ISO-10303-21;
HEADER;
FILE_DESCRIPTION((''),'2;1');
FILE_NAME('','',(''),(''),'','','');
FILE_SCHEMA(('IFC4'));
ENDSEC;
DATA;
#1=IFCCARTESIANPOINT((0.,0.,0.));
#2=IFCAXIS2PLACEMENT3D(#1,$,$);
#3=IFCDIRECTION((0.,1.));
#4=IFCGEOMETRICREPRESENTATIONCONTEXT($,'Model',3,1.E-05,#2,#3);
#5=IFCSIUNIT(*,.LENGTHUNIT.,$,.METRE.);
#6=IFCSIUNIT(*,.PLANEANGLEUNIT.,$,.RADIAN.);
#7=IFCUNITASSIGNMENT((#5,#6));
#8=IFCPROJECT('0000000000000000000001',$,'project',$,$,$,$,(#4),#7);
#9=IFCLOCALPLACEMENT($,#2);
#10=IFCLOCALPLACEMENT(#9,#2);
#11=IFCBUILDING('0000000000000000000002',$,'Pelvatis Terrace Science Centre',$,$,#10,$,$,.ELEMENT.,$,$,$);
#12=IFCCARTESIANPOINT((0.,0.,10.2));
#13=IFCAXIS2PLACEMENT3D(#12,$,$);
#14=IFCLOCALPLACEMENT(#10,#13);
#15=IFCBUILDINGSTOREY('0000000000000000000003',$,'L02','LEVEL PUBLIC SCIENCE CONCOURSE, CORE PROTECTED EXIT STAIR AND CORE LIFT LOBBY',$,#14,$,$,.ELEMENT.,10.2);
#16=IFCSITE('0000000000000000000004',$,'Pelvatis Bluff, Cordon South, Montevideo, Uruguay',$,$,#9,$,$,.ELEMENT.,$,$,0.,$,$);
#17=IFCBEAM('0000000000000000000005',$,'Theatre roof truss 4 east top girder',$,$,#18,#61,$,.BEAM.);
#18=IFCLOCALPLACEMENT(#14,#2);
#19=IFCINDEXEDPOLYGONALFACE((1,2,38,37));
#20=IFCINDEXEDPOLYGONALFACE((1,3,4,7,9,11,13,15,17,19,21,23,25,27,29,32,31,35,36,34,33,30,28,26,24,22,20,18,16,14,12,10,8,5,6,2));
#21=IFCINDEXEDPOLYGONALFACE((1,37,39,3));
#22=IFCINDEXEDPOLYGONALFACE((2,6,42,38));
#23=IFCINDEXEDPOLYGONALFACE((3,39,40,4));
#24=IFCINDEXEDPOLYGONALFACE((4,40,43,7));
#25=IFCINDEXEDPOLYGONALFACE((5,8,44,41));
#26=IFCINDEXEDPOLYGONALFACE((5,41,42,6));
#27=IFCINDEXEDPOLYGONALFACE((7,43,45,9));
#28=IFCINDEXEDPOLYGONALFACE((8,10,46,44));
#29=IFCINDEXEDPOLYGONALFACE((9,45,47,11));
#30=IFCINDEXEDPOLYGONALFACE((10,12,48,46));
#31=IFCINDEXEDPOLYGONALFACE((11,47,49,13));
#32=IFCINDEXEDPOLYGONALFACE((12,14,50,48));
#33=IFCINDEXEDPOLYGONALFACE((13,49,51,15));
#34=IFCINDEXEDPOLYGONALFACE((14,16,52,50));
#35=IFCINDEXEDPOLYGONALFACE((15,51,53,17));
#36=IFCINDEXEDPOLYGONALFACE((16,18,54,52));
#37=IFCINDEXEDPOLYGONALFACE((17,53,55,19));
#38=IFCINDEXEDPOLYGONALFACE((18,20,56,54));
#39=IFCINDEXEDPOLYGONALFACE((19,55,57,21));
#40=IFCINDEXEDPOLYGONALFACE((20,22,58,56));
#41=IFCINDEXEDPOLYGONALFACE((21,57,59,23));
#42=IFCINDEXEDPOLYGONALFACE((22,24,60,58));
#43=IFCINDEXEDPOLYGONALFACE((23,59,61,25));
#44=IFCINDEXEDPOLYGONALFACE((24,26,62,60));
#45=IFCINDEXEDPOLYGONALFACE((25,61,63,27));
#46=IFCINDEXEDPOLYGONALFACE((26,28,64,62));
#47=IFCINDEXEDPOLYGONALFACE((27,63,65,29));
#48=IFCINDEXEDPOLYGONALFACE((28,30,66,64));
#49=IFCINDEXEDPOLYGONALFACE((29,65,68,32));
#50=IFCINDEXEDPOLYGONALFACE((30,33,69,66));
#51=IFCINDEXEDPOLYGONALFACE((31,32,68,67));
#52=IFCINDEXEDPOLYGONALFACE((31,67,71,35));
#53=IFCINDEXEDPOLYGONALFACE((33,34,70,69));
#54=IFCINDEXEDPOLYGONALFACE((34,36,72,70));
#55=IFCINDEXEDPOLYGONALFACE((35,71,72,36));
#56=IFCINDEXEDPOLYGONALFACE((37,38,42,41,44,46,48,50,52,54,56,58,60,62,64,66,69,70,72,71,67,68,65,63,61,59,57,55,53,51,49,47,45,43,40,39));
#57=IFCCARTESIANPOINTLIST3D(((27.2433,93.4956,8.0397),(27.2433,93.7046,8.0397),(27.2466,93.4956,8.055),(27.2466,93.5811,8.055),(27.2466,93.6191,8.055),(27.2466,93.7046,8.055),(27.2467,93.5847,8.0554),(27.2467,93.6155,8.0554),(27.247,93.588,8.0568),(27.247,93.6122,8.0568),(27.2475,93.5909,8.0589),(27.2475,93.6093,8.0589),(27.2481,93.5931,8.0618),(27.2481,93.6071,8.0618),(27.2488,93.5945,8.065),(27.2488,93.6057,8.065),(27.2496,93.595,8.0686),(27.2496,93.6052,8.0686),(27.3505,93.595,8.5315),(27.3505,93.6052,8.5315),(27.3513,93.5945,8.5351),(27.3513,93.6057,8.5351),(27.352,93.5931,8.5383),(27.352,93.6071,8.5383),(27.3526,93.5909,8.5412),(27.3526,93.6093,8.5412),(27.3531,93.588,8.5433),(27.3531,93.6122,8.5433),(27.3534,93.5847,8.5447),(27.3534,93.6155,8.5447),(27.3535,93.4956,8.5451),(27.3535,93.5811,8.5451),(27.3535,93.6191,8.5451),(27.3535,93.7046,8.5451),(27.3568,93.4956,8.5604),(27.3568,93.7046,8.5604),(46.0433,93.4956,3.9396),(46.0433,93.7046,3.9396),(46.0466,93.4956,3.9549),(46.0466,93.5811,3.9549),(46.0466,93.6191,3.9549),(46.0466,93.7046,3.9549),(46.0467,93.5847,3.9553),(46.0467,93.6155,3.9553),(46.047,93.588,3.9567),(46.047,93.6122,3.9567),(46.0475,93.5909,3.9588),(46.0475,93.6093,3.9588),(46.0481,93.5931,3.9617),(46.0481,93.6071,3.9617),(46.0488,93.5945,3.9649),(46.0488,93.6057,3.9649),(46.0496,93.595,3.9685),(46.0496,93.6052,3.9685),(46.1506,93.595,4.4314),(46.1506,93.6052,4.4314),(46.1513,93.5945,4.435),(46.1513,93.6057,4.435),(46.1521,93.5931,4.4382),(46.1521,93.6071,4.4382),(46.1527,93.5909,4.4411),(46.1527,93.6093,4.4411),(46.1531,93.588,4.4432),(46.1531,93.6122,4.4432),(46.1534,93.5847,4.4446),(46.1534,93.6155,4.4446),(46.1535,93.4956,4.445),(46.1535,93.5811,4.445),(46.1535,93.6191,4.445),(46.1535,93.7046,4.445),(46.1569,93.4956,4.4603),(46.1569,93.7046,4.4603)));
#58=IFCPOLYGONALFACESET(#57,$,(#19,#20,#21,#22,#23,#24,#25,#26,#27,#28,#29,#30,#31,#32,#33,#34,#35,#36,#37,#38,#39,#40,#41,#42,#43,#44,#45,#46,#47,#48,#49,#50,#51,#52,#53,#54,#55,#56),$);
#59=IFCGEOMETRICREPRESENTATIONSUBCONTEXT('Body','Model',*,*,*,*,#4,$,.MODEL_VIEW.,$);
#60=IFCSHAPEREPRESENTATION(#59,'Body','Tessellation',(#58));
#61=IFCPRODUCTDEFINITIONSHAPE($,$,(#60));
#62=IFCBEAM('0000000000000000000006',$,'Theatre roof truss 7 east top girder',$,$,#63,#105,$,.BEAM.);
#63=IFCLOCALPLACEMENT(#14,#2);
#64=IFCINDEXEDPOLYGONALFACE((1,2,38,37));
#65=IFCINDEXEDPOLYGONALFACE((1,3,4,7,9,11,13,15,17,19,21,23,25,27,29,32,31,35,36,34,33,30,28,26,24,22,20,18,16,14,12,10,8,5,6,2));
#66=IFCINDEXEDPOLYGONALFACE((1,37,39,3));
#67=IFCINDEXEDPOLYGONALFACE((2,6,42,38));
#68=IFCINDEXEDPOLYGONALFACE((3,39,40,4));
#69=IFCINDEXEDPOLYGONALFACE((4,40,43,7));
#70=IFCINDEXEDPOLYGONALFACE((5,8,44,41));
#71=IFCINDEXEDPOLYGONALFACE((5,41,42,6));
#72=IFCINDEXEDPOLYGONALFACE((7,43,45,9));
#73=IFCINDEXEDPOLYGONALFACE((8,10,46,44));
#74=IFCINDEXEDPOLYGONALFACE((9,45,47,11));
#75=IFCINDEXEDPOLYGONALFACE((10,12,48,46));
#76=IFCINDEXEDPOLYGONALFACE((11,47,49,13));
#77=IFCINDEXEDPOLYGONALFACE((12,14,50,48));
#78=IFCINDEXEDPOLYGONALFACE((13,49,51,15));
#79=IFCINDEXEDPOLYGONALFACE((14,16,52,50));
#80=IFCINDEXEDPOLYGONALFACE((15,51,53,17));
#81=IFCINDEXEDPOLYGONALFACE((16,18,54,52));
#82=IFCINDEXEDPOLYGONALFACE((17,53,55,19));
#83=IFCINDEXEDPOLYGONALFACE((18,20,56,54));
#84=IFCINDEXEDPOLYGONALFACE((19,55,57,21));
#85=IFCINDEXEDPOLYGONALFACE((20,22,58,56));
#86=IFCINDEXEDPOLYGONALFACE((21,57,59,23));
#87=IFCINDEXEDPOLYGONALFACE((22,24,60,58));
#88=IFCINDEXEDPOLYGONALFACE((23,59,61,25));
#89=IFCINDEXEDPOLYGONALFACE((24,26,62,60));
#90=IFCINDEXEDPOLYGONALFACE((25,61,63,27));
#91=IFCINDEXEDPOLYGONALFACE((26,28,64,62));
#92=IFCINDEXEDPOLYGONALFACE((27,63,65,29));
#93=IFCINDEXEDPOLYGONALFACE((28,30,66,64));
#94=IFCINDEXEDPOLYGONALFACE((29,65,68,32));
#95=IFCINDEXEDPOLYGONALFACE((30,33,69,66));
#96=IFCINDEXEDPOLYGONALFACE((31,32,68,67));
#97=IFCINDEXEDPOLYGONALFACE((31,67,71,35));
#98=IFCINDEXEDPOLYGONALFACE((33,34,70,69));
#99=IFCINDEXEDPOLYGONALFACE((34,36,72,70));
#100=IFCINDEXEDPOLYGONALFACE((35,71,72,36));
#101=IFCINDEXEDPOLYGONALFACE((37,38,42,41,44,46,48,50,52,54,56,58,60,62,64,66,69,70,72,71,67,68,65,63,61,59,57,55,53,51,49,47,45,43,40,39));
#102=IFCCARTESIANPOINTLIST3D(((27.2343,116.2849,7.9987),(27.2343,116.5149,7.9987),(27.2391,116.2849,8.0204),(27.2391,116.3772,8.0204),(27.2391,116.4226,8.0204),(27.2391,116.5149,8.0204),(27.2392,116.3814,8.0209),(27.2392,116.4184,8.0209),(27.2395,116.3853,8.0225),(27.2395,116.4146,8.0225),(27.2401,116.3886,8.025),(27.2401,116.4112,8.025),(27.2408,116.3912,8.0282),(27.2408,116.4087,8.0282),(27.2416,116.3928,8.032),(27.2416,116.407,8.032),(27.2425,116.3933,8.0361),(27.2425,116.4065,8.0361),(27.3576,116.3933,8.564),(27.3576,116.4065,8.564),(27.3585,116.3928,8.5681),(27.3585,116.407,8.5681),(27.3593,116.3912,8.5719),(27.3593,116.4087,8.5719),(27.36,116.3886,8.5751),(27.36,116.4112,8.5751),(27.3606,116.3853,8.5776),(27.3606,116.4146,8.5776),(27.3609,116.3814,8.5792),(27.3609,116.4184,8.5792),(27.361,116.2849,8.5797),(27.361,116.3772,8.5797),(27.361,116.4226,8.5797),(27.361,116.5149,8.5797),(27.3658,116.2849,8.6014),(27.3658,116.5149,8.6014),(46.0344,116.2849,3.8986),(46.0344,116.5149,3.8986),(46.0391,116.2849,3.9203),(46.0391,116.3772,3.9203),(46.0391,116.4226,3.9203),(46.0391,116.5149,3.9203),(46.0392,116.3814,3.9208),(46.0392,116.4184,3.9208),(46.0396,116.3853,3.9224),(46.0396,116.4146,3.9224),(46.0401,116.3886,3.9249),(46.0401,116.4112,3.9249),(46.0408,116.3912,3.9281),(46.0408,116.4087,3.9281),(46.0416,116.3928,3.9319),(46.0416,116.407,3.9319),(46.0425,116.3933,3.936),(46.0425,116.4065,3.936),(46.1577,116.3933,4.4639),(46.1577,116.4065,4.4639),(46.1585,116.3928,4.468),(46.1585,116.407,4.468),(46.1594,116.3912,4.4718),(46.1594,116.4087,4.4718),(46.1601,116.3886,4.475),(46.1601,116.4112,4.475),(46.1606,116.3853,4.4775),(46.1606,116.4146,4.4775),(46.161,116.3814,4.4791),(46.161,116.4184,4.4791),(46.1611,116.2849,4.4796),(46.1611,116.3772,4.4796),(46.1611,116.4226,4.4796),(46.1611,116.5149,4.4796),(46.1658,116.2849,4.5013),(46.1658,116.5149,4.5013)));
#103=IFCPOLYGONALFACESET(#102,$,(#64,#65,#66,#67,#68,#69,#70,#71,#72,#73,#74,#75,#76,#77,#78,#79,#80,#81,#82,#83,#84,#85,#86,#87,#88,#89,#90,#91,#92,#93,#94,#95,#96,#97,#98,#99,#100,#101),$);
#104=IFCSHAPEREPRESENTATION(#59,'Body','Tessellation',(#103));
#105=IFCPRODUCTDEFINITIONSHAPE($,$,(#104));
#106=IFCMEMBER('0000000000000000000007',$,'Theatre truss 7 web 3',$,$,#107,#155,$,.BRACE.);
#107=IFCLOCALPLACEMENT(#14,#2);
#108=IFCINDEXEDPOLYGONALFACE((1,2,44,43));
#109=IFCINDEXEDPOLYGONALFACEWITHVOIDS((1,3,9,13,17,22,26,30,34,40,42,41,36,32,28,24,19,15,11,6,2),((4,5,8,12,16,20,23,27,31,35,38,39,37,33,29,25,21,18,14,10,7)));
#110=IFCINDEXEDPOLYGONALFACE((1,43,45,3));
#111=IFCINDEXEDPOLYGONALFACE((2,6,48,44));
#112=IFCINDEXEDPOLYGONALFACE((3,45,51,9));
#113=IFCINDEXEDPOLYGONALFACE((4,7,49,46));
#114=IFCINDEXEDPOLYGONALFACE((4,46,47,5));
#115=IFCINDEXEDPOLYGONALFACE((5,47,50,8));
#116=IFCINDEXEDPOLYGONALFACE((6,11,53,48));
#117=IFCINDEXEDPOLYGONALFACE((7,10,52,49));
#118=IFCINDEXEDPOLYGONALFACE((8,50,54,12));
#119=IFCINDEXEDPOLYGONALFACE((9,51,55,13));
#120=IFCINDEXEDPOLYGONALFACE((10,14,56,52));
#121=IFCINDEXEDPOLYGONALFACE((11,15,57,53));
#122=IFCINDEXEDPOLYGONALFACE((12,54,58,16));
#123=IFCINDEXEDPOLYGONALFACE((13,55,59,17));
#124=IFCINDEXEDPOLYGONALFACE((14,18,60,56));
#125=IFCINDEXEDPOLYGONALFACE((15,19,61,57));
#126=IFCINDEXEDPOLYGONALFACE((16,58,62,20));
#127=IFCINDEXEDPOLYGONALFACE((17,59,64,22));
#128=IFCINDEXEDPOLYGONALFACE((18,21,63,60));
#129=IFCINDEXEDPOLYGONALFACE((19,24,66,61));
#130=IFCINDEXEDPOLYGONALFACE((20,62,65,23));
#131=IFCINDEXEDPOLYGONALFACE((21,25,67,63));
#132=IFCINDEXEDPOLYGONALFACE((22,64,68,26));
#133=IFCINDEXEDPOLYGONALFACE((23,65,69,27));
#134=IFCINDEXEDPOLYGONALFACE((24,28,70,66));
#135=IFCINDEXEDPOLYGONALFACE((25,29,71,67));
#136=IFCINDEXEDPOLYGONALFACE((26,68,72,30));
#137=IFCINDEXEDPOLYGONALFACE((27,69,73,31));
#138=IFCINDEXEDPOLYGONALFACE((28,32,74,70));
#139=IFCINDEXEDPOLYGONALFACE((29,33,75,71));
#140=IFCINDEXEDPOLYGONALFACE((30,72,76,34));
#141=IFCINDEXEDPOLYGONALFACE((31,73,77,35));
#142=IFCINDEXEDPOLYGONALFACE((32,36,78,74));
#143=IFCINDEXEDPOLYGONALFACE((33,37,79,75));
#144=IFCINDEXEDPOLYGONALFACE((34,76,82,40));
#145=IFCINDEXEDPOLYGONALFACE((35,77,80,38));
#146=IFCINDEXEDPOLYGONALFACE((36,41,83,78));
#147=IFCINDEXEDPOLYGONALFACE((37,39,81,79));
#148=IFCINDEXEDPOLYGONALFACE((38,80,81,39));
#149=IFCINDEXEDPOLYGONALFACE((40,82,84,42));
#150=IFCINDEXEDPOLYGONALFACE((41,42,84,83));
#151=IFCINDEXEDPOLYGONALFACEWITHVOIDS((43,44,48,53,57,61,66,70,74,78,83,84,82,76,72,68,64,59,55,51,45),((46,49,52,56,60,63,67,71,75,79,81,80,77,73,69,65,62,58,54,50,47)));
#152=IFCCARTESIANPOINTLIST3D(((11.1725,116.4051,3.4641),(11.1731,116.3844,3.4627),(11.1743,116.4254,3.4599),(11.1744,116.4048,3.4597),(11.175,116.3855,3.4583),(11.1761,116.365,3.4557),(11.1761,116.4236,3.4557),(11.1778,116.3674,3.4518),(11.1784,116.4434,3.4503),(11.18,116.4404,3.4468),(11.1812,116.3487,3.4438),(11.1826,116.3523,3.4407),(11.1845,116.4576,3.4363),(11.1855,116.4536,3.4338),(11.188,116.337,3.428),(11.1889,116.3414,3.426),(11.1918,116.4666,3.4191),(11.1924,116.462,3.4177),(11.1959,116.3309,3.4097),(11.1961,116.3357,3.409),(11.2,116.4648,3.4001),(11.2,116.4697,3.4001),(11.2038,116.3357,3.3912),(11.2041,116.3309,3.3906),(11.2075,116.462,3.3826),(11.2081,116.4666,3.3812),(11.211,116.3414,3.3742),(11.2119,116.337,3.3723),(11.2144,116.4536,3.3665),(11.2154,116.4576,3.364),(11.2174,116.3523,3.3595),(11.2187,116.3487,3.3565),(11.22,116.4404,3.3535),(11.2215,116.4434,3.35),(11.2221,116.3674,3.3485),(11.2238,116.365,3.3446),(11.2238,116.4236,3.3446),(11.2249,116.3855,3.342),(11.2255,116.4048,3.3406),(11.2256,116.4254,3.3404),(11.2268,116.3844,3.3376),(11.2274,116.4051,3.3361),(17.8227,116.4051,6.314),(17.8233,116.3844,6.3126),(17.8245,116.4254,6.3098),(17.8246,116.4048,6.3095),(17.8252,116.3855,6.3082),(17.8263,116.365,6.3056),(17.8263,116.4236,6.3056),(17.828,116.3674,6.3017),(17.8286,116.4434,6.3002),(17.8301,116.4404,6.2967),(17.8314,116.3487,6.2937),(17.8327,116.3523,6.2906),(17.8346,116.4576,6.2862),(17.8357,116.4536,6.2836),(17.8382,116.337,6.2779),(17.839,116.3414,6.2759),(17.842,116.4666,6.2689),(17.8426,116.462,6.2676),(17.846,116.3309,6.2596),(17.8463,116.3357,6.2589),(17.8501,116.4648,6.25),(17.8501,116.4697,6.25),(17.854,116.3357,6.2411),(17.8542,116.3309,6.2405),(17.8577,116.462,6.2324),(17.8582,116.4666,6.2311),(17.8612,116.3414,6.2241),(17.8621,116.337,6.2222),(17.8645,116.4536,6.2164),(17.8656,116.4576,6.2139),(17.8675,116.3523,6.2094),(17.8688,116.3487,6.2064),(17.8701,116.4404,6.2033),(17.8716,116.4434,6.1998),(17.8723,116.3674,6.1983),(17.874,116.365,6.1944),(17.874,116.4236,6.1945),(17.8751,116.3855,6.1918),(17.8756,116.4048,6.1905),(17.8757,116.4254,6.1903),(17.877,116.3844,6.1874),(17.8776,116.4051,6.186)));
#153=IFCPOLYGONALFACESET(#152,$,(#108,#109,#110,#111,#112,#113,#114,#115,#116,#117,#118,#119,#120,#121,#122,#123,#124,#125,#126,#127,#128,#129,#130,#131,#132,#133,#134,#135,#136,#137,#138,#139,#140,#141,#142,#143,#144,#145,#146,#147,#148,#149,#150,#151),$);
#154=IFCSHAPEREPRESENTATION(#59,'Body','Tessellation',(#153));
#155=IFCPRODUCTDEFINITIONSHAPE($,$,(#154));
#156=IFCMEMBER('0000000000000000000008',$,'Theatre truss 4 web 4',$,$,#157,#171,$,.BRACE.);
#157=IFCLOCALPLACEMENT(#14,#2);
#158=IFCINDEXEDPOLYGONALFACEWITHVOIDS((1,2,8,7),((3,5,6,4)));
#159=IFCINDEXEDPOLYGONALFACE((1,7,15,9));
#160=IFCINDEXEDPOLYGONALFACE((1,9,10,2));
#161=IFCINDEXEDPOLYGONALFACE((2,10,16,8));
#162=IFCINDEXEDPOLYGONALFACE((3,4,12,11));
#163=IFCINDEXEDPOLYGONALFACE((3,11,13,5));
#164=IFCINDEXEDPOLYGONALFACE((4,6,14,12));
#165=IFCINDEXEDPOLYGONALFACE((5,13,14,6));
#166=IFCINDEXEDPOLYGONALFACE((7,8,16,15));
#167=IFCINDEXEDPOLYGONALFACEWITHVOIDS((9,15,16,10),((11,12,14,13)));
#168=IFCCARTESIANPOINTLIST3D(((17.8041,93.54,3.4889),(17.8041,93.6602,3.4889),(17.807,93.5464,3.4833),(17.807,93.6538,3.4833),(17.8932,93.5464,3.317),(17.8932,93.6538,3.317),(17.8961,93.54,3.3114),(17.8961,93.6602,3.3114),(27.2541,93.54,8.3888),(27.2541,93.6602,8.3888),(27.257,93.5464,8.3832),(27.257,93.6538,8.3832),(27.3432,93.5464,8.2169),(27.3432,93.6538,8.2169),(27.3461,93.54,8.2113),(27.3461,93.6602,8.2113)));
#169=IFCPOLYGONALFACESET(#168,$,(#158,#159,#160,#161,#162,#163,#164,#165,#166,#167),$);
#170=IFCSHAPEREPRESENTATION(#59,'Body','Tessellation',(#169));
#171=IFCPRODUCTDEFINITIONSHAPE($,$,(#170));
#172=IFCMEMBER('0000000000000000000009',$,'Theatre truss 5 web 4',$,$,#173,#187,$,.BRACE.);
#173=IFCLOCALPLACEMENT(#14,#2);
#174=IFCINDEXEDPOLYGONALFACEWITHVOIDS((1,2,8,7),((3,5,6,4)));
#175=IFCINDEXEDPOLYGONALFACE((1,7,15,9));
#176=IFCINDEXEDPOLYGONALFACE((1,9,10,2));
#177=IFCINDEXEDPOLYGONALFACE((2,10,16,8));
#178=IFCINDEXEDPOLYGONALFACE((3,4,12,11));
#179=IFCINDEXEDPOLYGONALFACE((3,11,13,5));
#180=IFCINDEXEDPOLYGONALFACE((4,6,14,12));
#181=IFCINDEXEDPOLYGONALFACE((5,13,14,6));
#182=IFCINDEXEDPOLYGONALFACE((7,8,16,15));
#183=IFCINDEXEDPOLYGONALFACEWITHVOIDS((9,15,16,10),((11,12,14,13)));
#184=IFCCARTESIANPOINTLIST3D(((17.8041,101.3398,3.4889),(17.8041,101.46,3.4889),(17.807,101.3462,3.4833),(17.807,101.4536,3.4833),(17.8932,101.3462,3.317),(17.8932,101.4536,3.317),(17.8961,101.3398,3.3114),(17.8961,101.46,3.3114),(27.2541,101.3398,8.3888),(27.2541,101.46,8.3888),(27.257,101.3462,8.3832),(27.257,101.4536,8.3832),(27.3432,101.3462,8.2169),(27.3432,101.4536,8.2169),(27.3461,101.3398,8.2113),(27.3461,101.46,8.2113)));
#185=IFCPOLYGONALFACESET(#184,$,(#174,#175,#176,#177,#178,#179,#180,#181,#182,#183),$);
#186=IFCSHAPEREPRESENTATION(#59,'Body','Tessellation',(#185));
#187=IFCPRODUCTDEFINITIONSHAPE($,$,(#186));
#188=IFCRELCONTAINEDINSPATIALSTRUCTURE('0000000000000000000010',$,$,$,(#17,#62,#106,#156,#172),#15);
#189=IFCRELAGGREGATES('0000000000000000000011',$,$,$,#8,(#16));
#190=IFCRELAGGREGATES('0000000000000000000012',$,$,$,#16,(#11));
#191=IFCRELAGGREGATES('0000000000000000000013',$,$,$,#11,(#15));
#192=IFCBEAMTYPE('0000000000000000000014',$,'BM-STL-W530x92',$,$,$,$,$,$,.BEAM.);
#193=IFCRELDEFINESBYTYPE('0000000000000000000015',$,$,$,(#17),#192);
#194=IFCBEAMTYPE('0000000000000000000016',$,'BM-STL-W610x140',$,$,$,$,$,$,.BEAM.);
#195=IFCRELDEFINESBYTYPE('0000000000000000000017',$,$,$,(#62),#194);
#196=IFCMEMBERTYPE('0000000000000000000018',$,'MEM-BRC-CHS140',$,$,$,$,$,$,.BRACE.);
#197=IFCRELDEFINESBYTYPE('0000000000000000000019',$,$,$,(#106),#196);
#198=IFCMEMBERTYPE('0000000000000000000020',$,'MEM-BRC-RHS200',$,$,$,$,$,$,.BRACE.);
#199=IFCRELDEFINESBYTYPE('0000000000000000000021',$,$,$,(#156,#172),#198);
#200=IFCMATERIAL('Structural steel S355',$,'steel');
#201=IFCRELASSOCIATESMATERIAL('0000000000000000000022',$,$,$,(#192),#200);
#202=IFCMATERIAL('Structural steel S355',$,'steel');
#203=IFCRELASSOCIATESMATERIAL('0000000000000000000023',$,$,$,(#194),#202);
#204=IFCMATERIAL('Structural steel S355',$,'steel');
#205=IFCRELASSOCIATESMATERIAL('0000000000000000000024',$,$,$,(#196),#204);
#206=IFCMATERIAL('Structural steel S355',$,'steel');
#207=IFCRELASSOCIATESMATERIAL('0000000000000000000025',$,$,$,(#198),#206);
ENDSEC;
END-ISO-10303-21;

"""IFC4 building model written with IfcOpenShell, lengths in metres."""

from ifc_helpers import new_model, si_unit, direction, frame, origin, origin_2d, place, context, subcontext, project, spatial, hollow_rectangle, hollow_circle, i_section, extrude, material, material_profile, profile_set, type_object, element, save


model = new_model("IFC4")

# Units and contexts
model_context = context("Model", 3, precision=1e-05, world=origin(), true_north=direction((0.0, 1.0)))
body_context = subcontext(model_context, "Body", "Model", "MODEL_VIEW")
ifc_project = project(units=[si_unit("LENGTHUNIT", "METRE"), si_unit("PLANEANGLEUNIT", "RADIAN")], contexts=[model_context])

# Site, building, storey
site_placement = place(None, origin())
site = spatial("IfcSite", under=ifc_project, at=site_placement, Name="Pelvatis Bluff, Cordon South, Montevideo, Uruguay", CompositionType="ELEMENT", RefElevation=0.0)
building_placement = place(site_placement, origin())
building = spatial("IfcBuilding", under=site, at=building_placement, Name="Pelvatis Terrace Science Centre", CompositionType="ELEMENT")
storey_placement = place(building_placement, frame((0.0, 0.0, 10.2)))
storey = spatial("IfcBuildingStorey", under=building, at=storey_placement, Name="L02", Description="LEVEL PUBLIC SCIENCE CONCOURSE, CORE PROTECTED EXIT STAIR AND CORE LIFT LOBBY", CompositionType="ELEMENT", Elevation=10.2)

# Beams
ifc_material_1 = material(Name="Structural steel S355", Category="steel")
ifc_material_profile_1 = material_profile(ifc_material_1, i_section(OverallWidth=0.209, OverallDepth=0.533, WebThickness=0.0103, FlangeThickness=0.0156, FilletRadius=0.0139, at=origin_2d()), Name="W530x92")
ifc_profile_set_1 = profile_set([ifc_material_profile_1], Name="Structural steel S355")
beam_type_1 = type_object("IfcBeamType", Name="BM-STL-W530x92", PredefinedType="BEAM", material=ifc_profile_set_1)
beam_1_placement = place(storey_placement, frame((27.3, 93.6001, 8.3), z_axis=(0.977034, 0.0, -0.213081), x_axis=(0.0, 1.0, 0.0)))
element("IfcBeam", 1, at=beam_1_placement, inside=storey, type_object=beam_type_1, Name="Theatre roof truss 4 east top girder", PredefinedType="BEAM", context=body_context, shape_type="SweptSolid", body=[
    extrude(i_section(OverallWidth=0.209, OverallDepth=0.533, WebThickness=0.0103, FlangeThickness=0.0156, FilletRadius=0.0139, at=origin_2d()), origin(), (0.0, 0.0, 1.0), 19.2419),
])
ifc_material_2 = material(Name="Structural steel S355", Category="steel")
ifc_material_profile_2 = material_profile(ifc_material_2, i_section(OverallWidth=0.23, OverallDepth=0.6169, WebThickness=0.0132, FlangeThickness=0.0222, FilletRadius=0.0161, at=origin_2d()), Name="W610x140")
ifc_profile_set_2 = profile_set([ifc_material_profile_2], Name="Structural steel S355")
beam_type_2 = type_object("IfcBeamType", Name="BM-STL-W610x140", PredefinedType="BEAM", material=ifc_profile_set_2)
beam_2_placement = place(storey_placement, frame((27.3, 116.3999, 8.3), z_axis=(0.977034, 0.0, -0.213081), x_axis=(0.0, 1.0, 0.0)))
element("IfcBeam", 2, at=beam_2_placement, inside=storey, type_object=beam_type_2, Name="Theatre roof truss 7 east top girder", PredefinedType="BEAM", context=body_context, shape_type="SweptSolid", body=[
    extrude(i_section(OverallWidth=0.23, OverallDepth=0.6169, WebThickness=0.0132, FlangeThickness=0.0222, FilletRadius=0.0161, at=origin_2d()), origin(), (0.0, 0.0, 1.0), 19.2419),
])

# Members
ifc_material_3 = material(Name="Structural steel S355", Category="steel")
ifc_material_profile_3 = material_profile(ifc_material_3, hollow_circle(Radius=0.0698, WallThickness=0.0049, at=origin_2d()), Name="CHS 139.7x5.0")
ifc_profile_set_3 = profile_set([ifc_material_profile_3], Name="Structural steel S355")
member_type_1 = type_object("IfcMemberType", Name="MEM-BRC-CHS140", PredefinedType="BRACE", material=ifc_profile_set_3)
member_placement = place(storey_placement, frame((11.2, 116.3999, 3.4001), z_axis=(0.919156, 0.0, 0.393895), x_axis=(0.0, 1.0, 0.0)))
element("IfcMember", 3, at=member_placement, inside=storey, type_object=member_type_1, Name="Theatre truss 7 web 3", PredefinedType="BRACE", context=body_context, shape_type="SweptSolid", body=[
    extrude(hollow_circle(Radius=0.0698, WallThickness=0.0049, at=origin_2d()), origin(), (0.0, 0.0, 1.0), 7.2351),
])
ifc_material_4 = material(Name="Structural steel S355", Category="steel")
ifc_material_profile_4 = material_profile(ifc_material_4, hollow_rectangle(XDim=0.1201, YDim=0.2, WallThickness=0.0063, at=origin_2d()), Name="RHS 200x120x6.3")
ifc_profile_set_4 = profile_set([ifc_material_profile_4], Name="Structural steel S355")
member_type_2 = type_object("IfcMemberType", Name="MEM-BRC-RHS200", PredefinedType="BRACE", material=ifc_profile_set_4)
for number, where, z_axis, x_axis, name in (
    (4, (17.8501, 93.6001, 3.4001), (0.887757, 0.0, 0.460312), (0.0, 1.0, 0.0), "Theatre truss 4 web 4"),
    (5, (17.8501, 101.3999, 3.4001), (0.887757, 0.0, 0.460312), (0.0, 1.0, 0.0), "Theatre truss 5 web 4"),
):
    element("IfcMember", number, at=place(storey_placement, frame(where, z_axis=z_axis, x_axis=x_axis)), inside=storey, type_object=member_type_2, Name=name, PredefinedType="BRACE", context=body_context, shape_type="SweptSolid", body=[
        extrude(hollow_rectangle(XDim=0.1201, YDim=0.2, WallThickness=0.0063, at=origin_2d()), origin(), (0.0, 0.0, 1.0), 10.6448),
    ])

save(model, "model.ifc")
